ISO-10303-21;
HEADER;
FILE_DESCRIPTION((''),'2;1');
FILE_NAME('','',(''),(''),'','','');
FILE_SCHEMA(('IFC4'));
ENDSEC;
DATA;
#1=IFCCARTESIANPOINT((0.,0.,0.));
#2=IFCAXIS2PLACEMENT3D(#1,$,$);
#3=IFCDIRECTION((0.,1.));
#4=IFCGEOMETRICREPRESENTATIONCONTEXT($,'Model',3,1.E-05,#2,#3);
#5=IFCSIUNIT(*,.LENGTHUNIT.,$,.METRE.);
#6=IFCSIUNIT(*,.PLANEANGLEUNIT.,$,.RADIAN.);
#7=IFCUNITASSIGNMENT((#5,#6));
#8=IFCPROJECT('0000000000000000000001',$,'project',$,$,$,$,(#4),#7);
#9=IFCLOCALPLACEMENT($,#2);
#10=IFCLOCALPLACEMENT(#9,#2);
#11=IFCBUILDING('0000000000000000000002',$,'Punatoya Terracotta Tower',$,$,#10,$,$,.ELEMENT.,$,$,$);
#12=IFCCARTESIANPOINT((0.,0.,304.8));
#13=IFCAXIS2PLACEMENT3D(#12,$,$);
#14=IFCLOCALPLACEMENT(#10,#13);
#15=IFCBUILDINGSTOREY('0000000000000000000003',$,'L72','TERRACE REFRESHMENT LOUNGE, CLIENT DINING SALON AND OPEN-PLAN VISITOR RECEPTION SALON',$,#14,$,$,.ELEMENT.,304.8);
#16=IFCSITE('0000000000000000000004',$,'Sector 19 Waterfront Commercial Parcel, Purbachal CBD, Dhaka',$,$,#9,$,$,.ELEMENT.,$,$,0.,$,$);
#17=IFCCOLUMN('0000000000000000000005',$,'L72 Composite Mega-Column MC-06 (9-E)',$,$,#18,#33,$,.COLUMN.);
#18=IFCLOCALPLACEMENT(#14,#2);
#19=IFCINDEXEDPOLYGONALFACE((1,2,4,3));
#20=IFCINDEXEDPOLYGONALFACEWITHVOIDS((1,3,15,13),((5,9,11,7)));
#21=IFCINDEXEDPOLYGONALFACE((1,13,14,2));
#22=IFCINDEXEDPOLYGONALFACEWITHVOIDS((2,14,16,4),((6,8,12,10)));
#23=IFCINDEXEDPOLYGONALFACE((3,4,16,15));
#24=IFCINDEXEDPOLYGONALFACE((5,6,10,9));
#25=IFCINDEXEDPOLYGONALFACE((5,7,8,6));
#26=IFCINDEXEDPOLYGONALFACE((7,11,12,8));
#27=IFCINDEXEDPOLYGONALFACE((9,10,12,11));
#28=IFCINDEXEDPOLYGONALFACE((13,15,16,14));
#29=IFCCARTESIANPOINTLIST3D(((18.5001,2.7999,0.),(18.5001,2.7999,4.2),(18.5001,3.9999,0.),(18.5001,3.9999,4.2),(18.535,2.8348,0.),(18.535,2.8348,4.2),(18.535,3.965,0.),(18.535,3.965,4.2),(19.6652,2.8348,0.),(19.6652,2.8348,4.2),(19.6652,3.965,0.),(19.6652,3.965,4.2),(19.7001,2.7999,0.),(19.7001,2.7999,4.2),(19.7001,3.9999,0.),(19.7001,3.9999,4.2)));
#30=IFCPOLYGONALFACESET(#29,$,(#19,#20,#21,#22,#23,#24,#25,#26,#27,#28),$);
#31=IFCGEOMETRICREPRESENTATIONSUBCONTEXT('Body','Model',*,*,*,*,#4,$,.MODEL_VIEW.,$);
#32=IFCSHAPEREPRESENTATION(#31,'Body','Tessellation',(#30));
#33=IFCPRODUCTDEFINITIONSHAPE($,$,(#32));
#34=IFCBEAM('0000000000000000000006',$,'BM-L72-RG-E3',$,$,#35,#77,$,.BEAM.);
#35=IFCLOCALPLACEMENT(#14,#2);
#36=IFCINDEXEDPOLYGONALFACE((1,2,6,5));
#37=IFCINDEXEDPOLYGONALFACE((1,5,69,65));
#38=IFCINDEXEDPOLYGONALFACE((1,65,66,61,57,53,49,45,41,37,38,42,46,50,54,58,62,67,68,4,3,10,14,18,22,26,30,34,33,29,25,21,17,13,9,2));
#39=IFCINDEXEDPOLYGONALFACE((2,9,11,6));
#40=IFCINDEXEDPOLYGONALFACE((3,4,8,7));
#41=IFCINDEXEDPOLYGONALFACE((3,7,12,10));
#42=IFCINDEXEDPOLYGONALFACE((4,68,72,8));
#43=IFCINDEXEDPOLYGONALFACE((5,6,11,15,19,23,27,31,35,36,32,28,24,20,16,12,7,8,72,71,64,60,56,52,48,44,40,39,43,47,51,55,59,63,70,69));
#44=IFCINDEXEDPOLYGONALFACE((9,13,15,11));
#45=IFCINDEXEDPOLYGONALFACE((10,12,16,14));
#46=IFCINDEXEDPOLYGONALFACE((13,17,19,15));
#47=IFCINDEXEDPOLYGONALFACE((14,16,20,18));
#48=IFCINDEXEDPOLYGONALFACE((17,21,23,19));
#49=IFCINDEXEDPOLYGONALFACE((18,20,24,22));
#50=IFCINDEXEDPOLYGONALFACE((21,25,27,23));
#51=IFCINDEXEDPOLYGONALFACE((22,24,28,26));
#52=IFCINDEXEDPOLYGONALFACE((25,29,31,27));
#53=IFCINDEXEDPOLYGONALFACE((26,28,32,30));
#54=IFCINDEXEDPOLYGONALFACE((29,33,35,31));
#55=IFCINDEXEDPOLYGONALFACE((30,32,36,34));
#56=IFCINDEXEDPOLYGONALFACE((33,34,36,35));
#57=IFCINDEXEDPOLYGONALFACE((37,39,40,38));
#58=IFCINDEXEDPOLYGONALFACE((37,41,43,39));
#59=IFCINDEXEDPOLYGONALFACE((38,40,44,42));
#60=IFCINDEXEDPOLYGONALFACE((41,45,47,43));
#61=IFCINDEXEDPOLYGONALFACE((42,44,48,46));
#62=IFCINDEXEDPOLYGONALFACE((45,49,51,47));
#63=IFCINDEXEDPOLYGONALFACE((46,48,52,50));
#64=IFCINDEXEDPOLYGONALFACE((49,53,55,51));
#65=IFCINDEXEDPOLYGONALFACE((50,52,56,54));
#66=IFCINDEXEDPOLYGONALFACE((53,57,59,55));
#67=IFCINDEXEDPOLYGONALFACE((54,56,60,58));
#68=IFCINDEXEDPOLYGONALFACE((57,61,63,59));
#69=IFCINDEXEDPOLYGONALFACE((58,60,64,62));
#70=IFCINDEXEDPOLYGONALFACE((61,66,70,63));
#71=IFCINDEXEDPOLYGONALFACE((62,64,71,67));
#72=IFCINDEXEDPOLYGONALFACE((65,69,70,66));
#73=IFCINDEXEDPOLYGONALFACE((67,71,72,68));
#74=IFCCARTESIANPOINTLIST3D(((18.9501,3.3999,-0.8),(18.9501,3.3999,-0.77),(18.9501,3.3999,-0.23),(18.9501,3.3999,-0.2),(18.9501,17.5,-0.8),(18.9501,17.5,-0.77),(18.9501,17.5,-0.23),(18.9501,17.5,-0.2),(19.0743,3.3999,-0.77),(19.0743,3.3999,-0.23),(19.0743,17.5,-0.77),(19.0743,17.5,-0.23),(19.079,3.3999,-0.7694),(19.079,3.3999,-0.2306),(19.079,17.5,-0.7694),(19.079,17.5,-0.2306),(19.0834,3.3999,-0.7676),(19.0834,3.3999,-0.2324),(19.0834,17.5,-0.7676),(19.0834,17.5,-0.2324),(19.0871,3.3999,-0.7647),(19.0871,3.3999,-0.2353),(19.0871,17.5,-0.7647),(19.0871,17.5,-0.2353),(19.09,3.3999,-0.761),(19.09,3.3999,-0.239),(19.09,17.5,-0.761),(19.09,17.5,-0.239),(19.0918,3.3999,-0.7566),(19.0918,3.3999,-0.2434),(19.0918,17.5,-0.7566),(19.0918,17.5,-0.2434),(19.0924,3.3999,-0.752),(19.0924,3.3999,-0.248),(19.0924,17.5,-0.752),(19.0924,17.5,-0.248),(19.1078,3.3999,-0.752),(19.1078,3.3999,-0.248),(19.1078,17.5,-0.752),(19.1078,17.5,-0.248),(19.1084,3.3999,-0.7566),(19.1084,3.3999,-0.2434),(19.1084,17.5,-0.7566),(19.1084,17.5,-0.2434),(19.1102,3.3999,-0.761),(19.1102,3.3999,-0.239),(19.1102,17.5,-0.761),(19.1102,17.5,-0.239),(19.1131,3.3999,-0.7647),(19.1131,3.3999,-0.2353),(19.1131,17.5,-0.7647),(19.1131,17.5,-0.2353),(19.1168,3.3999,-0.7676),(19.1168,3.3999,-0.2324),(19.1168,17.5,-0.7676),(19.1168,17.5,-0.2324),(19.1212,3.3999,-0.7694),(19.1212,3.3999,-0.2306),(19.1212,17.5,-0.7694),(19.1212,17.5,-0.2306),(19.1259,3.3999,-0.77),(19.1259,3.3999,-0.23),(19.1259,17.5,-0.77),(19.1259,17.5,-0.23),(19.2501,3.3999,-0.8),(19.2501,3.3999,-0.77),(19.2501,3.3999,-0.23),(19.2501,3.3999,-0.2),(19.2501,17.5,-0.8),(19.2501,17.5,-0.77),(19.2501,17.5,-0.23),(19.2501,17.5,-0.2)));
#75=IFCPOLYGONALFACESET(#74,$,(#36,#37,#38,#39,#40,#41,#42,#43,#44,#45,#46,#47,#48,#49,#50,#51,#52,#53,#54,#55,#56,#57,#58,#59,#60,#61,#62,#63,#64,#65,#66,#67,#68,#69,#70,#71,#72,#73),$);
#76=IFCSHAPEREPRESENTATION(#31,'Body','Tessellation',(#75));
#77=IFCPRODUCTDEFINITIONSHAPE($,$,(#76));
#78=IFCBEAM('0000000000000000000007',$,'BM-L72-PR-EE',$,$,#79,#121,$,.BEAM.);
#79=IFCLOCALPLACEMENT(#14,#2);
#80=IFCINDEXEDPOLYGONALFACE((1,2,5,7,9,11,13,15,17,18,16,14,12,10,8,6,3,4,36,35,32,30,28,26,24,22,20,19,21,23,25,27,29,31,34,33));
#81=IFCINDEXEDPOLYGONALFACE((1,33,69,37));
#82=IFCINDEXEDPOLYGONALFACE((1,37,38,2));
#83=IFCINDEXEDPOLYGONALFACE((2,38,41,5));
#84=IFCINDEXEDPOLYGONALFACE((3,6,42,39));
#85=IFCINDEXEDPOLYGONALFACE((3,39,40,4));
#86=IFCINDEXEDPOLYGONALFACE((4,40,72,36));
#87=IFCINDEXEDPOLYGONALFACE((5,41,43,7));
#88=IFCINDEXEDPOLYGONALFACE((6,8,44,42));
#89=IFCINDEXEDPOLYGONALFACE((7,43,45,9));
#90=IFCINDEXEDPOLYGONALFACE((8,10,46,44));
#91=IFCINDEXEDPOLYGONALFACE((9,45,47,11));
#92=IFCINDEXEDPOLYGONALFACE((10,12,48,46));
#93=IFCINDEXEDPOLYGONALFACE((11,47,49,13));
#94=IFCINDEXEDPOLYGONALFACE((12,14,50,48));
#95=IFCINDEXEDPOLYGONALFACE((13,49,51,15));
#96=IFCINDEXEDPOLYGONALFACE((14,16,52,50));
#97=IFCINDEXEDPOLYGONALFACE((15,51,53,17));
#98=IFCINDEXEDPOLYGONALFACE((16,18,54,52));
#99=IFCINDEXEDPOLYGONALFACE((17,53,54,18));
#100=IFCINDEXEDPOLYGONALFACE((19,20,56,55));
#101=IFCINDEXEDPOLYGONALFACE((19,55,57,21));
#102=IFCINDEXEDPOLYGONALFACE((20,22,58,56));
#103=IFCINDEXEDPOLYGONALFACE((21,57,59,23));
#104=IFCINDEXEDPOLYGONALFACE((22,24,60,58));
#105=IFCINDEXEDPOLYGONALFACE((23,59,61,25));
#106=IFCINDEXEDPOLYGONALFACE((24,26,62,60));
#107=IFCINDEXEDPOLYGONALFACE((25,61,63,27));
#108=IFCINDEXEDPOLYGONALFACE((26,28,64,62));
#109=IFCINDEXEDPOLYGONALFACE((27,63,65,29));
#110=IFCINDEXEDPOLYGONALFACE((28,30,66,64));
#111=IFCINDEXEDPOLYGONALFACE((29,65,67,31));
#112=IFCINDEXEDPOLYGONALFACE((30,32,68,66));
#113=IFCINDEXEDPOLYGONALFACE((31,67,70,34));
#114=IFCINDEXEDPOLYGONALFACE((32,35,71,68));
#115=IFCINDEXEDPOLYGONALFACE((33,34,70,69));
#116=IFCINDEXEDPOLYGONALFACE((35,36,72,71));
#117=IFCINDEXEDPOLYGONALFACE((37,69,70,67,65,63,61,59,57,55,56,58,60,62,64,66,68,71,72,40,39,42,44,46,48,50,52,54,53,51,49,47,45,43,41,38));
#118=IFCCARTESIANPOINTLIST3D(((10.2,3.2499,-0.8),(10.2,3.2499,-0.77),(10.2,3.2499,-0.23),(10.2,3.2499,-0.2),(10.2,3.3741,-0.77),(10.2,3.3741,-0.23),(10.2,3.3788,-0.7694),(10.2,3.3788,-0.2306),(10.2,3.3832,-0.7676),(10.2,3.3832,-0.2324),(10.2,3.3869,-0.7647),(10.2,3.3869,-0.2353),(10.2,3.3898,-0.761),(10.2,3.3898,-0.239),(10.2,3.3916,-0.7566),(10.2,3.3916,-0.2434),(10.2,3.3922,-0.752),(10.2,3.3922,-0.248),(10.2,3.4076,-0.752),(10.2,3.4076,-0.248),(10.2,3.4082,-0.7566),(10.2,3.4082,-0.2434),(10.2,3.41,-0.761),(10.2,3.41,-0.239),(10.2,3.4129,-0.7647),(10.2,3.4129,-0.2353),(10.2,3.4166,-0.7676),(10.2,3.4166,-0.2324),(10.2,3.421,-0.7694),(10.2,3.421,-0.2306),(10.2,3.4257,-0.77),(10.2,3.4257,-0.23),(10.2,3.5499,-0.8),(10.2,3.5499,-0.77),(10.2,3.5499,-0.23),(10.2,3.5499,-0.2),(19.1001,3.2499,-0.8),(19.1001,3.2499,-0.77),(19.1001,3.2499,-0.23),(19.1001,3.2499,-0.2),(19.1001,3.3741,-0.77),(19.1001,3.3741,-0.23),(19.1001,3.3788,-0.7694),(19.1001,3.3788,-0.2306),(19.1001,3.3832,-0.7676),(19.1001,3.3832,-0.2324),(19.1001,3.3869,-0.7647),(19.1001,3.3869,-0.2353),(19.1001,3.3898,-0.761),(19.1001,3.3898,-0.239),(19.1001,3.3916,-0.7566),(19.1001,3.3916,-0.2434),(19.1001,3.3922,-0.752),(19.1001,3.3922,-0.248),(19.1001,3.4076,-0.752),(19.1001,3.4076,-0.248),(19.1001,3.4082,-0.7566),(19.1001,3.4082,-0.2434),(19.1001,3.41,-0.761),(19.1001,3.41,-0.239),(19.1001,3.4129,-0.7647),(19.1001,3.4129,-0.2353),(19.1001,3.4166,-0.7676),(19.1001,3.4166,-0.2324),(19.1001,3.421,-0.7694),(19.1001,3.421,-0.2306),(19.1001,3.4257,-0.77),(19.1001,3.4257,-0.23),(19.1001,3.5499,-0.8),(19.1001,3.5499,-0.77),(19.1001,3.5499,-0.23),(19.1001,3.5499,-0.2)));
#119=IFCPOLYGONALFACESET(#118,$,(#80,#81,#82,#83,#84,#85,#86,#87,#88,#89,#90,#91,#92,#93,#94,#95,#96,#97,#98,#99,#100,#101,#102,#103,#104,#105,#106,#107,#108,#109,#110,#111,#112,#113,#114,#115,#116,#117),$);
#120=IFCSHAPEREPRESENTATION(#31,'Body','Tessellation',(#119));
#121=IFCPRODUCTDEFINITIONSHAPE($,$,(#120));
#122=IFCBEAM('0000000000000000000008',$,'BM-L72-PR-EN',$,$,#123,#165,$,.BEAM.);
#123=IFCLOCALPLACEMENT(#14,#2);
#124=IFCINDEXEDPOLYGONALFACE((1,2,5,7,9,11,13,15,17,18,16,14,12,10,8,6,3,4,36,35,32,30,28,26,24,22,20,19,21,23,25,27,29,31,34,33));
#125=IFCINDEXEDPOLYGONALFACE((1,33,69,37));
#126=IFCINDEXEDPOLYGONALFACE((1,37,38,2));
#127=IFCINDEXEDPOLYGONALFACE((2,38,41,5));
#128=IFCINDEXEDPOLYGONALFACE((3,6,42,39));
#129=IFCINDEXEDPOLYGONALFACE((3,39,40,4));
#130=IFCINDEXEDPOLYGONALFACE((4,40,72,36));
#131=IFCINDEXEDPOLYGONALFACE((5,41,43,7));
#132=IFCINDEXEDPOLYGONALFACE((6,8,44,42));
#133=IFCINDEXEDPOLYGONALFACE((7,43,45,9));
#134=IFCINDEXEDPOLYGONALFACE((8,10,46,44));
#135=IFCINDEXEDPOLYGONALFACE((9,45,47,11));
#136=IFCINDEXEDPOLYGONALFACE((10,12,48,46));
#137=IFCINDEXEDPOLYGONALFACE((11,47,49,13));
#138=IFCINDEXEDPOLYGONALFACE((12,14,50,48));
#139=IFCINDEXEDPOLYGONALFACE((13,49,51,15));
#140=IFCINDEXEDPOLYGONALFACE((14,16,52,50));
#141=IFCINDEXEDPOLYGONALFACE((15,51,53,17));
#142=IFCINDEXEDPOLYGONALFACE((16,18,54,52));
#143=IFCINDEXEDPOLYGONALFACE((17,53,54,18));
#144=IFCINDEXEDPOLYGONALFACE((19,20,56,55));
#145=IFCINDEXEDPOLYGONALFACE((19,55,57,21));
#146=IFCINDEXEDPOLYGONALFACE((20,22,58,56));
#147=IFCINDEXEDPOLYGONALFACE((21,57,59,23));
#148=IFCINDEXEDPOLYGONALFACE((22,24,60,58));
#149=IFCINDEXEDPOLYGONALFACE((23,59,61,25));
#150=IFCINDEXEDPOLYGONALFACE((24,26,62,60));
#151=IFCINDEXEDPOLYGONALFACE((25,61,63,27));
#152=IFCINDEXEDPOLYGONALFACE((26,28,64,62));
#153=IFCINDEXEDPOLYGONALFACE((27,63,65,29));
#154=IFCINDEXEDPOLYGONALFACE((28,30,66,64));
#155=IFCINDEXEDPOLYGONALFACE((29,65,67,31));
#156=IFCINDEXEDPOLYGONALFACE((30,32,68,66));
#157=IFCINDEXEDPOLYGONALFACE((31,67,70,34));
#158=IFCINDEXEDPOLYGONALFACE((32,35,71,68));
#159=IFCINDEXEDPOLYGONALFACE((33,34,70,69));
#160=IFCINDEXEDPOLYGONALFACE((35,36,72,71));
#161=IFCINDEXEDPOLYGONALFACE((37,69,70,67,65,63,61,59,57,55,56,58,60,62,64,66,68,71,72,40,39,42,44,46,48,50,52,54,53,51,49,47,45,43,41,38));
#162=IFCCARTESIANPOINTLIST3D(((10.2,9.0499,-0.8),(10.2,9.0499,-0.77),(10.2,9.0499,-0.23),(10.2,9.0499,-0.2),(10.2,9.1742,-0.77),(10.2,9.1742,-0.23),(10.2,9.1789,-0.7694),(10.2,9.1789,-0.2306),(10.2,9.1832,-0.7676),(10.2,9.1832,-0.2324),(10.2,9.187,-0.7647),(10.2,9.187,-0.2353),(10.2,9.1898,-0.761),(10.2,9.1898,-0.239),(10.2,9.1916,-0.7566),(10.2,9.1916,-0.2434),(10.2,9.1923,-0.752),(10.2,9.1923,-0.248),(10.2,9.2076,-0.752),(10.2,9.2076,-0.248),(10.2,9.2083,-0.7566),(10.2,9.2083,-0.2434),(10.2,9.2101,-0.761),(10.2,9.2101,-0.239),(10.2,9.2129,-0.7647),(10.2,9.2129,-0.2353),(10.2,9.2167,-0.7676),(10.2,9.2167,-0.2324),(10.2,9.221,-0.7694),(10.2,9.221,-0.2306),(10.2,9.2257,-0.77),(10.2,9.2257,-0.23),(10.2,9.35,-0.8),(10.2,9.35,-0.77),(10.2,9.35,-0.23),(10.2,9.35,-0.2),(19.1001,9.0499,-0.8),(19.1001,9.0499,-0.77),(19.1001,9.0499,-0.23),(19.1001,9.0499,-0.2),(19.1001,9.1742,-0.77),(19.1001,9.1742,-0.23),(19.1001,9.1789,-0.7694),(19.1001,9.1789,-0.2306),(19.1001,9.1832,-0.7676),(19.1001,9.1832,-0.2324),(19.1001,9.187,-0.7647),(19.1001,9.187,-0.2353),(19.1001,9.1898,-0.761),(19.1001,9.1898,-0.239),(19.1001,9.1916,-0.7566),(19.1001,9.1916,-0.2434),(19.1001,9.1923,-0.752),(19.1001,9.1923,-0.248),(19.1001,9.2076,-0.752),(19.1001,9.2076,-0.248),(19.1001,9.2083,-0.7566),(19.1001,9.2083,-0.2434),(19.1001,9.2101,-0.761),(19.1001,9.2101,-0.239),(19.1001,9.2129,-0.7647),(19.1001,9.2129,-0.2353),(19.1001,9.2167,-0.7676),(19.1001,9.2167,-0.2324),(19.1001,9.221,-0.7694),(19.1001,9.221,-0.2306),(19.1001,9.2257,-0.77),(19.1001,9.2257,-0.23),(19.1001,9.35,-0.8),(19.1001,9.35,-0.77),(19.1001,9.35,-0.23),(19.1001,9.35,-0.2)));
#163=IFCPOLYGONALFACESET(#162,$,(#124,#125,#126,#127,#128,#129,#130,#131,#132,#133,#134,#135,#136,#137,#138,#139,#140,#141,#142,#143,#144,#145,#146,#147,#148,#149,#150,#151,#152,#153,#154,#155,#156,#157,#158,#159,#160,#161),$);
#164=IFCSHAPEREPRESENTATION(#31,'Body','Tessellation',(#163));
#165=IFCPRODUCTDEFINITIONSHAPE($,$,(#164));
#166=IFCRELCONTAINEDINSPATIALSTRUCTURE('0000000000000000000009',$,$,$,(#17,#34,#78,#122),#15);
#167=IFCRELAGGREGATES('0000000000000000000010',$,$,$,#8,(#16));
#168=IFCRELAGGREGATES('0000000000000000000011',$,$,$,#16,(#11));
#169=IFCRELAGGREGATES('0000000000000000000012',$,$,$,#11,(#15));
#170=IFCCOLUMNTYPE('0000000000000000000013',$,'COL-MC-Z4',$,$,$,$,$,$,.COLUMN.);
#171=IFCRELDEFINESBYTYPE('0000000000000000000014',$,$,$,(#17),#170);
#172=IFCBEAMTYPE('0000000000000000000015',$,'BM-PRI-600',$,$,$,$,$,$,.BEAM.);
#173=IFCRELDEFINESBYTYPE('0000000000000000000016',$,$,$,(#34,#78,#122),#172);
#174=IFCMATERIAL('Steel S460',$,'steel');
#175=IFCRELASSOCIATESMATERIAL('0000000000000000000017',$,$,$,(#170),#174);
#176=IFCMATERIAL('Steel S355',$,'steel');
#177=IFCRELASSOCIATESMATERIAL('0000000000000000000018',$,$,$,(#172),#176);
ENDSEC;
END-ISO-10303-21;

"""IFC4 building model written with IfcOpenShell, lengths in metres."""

from ifc_helpers import new_model, si_unit, direction, frame, origin, origin_2d, place, context, subcontext, project, spatial, hollow_rectangle, i_section, extrude, material, material_profile, profile_set, type_object, element, save


model = new_model("IFC4")

# Units and contexts
model_context = context("Model", 3, precision=1e-05, world=origin(), true_north=direction((0.0, 1.0)))
body_context = subcontext(model_context, "Body", "Model", "MODEL_VIEW")
ifc_project = project(units=[si_unit("LENGTHUNIT", "METRE"), si_unit("PLANEANGLEUNIT", "RADIAN")], contexts=[model_context])

# Site, building, storey
site_placement = place(None, origin())
site = spatial("IfcSite", under=ifc_project, at=site_placement, Name="Sector 19 Waterfront Commercial Parcel, Purbachal CBD, Dhaka", CompositionType="ELEMENT", RefElevation=0.0)
building_placement = place(site_placement, origin())
building = spatial("IfcBuilding", under=site, at=building_placement, Name="Punatoya Terracotta Tower", CompositionType="ELEMENT")
storey_placement = place(building_placement, frame((0.0, 0.0, 304.8)))
storey = spatial("IfcBuildingStorey", under=building, at=storey_placement, Name="L72", Description="TERRACE REFRESHMENT LOUNGE, CLIENT DINING SALON AND OPEN-PLAN VISITOR RECEPTION SALON", CompositionType="ELEMENT", Elevation=304.8)

# Column
ifc_material_1 = material(Name="Steel S460", Category="steel")
ifc_material_profile_1 = material_profile(ifc_material_1, hollow_rectangle(XDim=1.2, YDim=1.2, WallThickness=0.0349, at=origin_2d()))
ifc_profile_set_1 = profile_set([ifc_material_profile_1], Name="Steel S460")
column_type = type_object("IfcColumnType", Name="COL-MC-Z4", PredefinedType="COLUMN", material=ifc_profile_set_1)
column_placement = place(storey_placement, frame((19.1001, 3.3999, 0.0), z_axis=(0.0, 0.0, 1.0), x_axis=(1.0, 0.0, 0.0)))
element("IfcColumn", 1, at=column_placement, inside=storey, type_object=column_type, Name="L72 Composite Mega-Column MC-06 (9-E)", PredefinedType="COLUMN", context=body_context, shape_type="SweptSolid", body=[
    extrude(hollow_rectangle(XDim=1.2, YDim=1.2, WallThickness=0.0349, at=origin_2d()), origin(), (0.0, 0.0, 1.0), 4.2),
])

# Beams
ifc_material_2 = material(Name="Steel S355", Category="steel")
ifc_material_profile_2 = material_profile(ifc_material_2, i_section(OverallWidth=0.3, OverallDepth=0.6001, WebThickness=0.0154, FlangeThickness=0.03, FilletRadius=0.0181, at=origin_2d()))
ifc_profile_set_2 = profile_set([ifc_material_profile_2], Name="Steel S355")
beam_type_1 = type_object("IfcBeamType", Name="BM-PRI-600", PredefinedType="BEAM", material=ifc_profile_set_2)
beam_1_placement = place(storey_placement, frame((19.1001, 3.3999, -0.5), z_axis=(0.0, 1.0, 0.0), x_axis=(-1.0, 0.0, 0.0)))
element("IfcBeam", 2, at=beam_1_placement, inside=storey, type_object=beam_type_1, Name="BM-L72-RG-E3", PredefinedType="BEAM", context=body_context, shape_type="SweptSolid", body=[
    extrude(i_section(OverallWidth=0.3, OverallDepth=0.6001, WebThickness=0.0154, FlangeThickness=0.03, FilletRadius=0.0181, at=origin_2d()), origin(), (0.0, 0.0, 1.0), 14.1001),
])
for number, where, z_axis, x_axis, name in (
    (3, (10.2, 3.3999, -0.5), (1.0, 0.0, 0.0), (0.0, 1.0, 0.0), "BM-L72-PR-EE"),
    (4, (10.2, 9.2, -0.5), (1.0, 0.0, 0.0), (0.0, 1.0, 0.0), "BM-L72-PR-EN"),
):
    element("IfcBeam", number, at=place(storey_placement, frame(where, z_axis=z_axis, x_axis=x_axis)), inside=storey, type_object=beam_type_1, Name=name, PredefinedType="BEAM", context=body_context, shape_type="SweptSolid", body=[
        extrude(i_section(OverallWidth=0.3, OverallDepth=0.6001, WebThickness=0.0154, FlangeThickness=0.03, FilletRadius=0.0181, at=origin_2d()), origin(), (0.0, 0.0, 1.0), 8.9001),
    ])

save(model, "model.ifc")
